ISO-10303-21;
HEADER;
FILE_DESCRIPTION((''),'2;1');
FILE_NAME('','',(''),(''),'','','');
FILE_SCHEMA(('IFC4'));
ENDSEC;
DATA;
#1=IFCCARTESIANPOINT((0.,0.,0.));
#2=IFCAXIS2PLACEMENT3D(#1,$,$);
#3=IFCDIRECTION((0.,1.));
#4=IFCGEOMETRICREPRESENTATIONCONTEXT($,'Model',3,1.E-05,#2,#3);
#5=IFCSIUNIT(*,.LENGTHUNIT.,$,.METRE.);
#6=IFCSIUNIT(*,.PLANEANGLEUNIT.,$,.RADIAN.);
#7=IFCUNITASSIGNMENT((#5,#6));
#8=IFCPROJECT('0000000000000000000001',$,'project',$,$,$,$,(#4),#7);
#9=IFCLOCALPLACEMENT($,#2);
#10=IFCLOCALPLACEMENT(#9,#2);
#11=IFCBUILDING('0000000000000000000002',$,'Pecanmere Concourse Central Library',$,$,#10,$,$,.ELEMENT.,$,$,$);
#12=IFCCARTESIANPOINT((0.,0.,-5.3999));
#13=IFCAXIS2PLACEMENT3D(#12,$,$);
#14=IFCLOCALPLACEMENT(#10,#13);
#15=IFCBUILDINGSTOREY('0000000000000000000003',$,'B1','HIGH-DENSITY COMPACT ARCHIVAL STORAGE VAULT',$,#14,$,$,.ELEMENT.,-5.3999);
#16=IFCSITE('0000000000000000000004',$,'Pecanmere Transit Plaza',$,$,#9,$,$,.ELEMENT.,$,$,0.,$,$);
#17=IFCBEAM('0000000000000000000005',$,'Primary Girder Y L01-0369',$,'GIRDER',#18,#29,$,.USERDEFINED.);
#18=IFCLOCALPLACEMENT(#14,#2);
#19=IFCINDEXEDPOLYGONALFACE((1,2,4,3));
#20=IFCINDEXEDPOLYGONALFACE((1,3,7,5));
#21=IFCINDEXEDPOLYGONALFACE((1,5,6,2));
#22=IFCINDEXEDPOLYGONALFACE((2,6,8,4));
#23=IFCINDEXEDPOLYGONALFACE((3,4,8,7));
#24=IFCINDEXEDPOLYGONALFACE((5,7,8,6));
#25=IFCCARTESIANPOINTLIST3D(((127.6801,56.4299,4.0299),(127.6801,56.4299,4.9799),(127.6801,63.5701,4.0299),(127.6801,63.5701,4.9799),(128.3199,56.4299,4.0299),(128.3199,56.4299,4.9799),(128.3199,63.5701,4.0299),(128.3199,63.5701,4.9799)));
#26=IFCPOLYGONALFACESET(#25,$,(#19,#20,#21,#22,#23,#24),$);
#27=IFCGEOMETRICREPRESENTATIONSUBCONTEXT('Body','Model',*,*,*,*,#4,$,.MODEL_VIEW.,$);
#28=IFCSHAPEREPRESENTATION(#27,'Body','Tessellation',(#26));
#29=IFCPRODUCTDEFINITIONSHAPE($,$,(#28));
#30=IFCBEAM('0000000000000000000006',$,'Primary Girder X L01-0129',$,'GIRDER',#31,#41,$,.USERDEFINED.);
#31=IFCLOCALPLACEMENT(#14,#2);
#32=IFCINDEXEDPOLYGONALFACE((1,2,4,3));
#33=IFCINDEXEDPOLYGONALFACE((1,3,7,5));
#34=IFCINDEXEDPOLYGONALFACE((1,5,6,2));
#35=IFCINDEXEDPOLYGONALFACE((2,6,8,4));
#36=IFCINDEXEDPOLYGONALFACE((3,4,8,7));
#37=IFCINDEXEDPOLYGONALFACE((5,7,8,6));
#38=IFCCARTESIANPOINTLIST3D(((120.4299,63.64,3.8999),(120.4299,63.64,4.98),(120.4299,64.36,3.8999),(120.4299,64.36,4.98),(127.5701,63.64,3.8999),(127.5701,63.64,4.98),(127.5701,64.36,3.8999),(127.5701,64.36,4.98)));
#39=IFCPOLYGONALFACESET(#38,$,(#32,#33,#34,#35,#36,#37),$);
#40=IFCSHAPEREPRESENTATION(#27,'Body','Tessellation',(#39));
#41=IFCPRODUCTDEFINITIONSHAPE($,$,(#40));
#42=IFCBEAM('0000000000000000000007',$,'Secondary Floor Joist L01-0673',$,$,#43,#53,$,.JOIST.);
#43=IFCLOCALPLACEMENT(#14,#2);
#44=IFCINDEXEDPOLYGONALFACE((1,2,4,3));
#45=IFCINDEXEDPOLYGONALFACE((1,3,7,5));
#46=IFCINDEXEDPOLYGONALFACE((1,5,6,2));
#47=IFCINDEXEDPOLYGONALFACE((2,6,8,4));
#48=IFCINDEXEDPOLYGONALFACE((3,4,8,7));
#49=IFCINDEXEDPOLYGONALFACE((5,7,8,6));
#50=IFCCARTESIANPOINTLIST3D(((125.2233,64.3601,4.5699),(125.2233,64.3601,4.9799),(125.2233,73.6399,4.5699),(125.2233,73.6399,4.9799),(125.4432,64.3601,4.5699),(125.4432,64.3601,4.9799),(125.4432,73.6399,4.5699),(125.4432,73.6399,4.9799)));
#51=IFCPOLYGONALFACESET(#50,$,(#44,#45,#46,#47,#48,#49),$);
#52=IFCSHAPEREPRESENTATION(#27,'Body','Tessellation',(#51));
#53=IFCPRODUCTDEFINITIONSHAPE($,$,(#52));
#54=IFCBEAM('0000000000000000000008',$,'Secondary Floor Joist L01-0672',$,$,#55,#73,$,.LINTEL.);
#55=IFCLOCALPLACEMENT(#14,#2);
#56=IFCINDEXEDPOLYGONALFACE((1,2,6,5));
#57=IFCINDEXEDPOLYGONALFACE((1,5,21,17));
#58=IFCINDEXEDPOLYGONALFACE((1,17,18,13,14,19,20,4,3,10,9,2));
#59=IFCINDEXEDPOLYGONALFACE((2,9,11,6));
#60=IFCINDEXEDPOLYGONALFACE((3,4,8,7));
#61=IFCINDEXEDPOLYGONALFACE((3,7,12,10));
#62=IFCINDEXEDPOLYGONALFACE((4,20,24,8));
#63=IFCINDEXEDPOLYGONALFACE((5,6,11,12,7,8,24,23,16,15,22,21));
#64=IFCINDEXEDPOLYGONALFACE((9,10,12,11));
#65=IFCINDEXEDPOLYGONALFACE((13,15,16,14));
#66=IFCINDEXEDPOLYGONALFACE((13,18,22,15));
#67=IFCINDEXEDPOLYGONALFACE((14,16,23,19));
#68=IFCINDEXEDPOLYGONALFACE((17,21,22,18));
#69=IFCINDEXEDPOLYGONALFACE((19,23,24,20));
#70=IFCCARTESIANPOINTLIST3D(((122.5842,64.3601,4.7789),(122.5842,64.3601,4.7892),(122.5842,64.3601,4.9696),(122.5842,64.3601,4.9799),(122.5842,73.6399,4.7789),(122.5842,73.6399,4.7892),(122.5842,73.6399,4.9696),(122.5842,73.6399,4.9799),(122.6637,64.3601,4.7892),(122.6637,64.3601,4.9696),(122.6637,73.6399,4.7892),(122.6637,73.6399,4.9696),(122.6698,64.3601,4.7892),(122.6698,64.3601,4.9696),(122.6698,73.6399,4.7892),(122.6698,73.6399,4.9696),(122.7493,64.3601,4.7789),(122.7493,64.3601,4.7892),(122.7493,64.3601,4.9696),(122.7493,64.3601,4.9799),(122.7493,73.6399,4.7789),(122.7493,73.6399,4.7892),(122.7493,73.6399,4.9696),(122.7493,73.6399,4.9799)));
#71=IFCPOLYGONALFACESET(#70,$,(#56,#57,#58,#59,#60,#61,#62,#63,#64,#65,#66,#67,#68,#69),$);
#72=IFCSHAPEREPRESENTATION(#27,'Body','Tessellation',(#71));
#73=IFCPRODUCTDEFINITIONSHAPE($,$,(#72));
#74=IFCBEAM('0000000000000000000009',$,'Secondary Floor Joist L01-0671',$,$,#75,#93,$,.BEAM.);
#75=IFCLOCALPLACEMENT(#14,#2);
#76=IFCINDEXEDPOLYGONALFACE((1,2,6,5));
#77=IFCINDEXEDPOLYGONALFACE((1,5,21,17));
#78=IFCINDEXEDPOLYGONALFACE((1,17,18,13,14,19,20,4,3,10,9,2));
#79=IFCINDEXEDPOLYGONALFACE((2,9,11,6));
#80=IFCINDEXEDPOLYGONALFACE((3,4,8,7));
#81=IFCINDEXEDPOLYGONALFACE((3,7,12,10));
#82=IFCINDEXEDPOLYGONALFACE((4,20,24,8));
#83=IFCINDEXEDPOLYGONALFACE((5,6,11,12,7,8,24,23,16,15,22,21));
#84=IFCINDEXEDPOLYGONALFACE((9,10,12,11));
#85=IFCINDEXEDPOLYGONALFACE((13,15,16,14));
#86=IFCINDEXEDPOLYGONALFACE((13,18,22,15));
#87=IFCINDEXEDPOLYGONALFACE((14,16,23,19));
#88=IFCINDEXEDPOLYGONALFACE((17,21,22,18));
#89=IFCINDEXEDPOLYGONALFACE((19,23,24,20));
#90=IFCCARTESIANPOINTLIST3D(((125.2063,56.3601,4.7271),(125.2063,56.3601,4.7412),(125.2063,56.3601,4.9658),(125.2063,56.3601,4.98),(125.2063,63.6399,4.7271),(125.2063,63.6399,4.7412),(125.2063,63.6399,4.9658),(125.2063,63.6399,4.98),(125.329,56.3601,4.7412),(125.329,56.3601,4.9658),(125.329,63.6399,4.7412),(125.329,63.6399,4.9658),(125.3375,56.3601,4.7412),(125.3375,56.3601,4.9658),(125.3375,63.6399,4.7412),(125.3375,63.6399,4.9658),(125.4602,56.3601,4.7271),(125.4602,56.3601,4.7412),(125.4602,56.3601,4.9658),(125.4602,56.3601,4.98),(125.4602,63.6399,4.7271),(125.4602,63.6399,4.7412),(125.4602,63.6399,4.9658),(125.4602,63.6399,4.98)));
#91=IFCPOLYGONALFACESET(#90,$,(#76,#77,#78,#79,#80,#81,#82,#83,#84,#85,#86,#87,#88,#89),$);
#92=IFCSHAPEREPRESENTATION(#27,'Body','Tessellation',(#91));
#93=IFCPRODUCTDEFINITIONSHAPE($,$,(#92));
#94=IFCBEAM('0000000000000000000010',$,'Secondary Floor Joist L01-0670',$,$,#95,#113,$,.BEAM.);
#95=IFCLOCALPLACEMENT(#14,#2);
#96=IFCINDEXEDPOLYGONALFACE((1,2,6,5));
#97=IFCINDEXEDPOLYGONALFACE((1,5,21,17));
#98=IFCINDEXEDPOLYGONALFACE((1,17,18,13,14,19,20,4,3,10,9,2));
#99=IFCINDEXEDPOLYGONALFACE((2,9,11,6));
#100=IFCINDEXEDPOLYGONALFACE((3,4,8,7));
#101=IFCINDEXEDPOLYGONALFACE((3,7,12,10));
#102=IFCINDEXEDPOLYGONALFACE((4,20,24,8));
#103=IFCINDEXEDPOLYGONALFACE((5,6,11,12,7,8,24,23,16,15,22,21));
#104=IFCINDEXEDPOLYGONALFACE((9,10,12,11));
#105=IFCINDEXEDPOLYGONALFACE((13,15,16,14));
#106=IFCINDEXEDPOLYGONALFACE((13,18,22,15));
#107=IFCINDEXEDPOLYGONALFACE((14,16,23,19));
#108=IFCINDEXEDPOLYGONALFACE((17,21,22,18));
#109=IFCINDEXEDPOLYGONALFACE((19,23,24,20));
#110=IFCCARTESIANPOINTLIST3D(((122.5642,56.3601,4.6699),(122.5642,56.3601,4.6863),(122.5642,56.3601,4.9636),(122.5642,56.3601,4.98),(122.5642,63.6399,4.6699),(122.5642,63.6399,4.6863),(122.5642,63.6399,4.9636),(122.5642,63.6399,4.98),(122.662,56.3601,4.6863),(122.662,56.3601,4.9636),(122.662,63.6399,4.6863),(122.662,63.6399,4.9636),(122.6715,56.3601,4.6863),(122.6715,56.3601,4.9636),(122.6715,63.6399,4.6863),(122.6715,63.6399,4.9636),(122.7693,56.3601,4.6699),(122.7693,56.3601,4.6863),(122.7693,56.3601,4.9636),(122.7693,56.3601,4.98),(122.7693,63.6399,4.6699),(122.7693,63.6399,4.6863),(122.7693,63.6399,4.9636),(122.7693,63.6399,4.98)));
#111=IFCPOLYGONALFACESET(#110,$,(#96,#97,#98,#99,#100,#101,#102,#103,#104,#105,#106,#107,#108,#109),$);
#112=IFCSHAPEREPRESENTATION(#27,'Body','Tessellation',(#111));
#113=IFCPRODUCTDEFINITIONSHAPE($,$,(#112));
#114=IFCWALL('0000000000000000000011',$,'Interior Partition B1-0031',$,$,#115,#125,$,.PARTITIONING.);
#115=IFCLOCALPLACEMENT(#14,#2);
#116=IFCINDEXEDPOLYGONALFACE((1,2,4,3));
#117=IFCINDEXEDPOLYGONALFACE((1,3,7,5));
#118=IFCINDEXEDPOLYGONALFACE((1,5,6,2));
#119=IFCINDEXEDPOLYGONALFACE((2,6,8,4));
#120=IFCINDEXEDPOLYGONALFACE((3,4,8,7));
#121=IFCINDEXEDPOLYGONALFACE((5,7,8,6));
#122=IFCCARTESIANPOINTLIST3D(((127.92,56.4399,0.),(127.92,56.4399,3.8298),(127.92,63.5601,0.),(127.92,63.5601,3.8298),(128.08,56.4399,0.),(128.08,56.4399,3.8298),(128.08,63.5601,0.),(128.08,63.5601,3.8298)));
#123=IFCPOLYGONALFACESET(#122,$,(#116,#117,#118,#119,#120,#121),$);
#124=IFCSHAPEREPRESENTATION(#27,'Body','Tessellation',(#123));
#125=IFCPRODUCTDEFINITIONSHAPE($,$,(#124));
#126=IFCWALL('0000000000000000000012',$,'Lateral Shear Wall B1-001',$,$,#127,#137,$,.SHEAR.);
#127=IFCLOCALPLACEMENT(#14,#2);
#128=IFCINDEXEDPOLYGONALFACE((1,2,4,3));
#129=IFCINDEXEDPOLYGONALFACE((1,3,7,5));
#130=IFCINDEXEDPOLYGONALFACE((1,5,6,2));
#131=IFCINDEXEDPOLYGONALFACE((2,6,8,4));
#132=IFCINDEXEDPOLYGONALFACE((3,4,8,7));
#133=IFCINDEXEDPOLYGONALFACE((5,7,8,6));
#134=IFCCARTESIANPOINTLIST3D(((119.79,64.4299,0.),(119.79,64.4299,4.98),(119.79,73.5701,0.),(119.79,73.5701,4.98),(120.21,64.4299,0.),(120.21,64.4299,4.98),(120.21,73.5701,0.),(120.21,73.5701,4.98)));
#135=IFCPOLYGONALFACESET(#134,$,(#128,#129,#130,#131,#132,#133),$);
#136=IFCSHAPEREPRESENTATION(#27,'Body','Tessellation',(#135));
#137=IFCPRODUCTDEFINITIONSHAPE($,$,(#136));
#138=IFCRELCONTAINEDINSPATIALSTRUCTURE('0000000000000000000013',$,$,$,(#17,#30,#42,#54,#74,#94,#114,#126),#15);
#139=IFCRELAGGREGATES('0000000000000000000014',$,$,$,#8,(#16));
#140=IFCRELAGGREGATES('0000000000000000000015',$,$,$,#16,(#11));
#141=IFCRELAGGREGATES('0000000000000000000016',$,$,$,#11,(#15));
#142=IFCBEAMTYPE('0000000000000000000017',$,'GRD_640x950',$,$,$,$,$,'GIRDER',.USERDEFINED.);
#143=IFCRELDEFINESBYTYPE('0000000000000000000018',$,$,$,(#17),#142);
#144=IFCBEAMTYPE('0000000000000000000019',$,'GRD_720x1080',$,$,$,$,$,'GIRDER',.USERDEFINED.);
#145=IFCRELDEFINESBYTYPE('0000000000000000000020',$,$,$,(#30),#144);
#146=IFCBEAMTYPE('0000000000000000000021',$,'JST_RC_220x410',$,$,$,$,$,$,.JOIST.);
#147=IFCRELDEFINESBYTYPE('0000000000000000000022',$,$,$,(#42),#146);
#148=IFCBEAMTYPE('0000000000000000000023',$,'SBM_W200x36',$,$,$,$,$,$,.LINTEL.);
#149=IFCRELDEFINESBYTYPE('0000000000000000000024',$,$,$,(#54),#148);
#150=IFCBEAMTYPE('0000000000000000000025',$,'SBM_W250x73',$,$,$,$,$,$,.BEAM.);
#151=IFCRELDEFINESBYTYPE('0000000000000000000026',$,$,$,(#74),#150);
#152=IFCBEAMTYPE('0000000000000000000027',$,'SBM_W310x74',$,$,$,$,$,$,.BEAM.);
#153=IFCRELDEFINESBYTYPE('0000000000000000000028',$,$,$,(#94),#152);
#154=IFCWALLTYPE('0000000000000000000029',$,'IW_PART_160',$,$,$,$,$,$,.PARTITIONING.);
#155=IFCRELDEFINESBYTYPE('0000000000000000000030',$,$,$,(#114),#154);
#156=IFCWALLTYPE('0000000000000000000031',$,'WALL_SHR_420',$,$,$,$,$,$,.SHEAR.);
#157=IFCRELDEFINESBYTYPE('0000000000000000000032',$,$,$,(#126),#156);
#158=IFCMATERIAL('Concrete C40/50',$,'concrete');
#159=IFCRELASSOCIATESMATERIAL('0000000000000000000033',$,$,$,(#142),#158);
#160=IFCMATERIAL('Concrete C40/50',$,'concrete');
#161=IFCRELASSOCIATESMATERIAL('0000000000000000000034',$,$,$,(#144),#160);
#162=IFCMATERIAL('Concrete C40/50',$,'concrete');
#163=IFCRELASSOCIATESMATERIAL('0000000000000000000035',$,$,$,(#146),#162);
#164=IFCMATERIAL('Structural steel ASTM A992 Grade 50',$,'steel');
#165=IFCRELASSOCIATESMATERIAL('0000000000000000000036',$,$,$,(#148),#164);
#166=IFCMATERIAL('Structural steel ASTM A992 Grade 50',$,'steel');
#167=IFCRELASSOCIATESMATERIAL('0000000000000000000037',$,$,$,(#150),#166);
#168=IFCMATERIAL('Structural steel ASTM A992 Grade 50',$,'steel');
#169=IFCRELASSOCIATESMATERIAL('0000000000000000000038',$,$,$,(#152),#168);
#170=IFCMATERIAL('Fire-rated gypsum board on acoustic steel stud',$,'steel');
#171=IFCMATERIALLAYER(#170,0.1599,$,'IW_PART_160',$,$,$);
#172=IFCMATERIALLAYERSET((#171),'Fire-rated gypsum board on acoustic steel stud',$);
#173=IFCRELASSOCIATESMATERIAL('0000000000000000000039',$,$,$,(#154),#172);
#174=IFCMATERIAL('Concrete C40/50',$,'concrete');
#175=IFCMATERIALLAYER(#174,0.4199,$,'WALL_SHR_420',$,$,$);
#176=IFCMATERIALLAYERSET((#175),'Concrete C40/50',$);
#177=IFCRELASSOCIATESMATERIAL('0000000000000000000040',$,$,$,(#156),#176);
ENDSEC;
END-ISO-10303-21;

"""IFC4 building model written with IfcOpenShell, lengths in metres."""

from ifc_helpers import new_model, si_unit, direction, frame, frame_2d, origin, origin_2d, place, context, subcontext, project, spatial, rectangle, i_section, extrude, material, layer, layer_set, material_profile, profile_set, type_object, element, save


model = new_model("IFC4")

# Units and contexts
model_context = context("Model", 3, precision=1e-05, world=origin(), true_north=direction((0.0, 1.0)))
body_context = subcontext(model_context, "Body", "Model", "MODEL_VIEW")
ifc_project = project(units=[si_unit("LENGTHUNIT", "METRE"), si_unit("PLANEANGLEUNIT", "RADIAN")], contexts=[model_context])

# Site, building, storey
site_placement = place(None, origin())
site = spatial("IfcSite", under=ifc_project, at=site_placement, Name="Pecanmere Transit Plaza", CompositionType="ELEMENT", RefElevation=0.0)
building_placement = place(site_placement, origin())
building = spatial("IfcBuilding", under=site, at=building_placement, Name="Pecanmere Concourse Central Library", CompositionType="ELEMENT")
storey_placement = place(building_placement, frame((0.0, 0.0, -5.3999)))
storey = spatial("IfcBuildingStorey", under=building, at=storey_placement, Name="B1", Description="HIGH-DENSITY COMPACT ARCHIVAL STORAGE VAULT", CompositionType="ELEMENT", Elevation=-5.3999)

# Beams
ifc_material_1 = material(Name="Concrete C40/50", Category="concrete")
ifc_material_profile_1 = material_profile(ifc_material_1, rectangle(XDim=0.6399, YDim=0.95, at=origin_2d()), Name="RC 640x950")
ifc_profile_set_1 = profile_set([ifc_material_profile_1], Name="Concrete C40/50")
beam_type_1 = type_object("IfcBeamType", Name="GRD_640x950", ElementType="GIRDER", PredefinedType="USERDEFINED", material=ifc_profile_set_1)
beam_1_placement = place(storey_placement, frame((128.0, 56.4299, 4.5049), z_axis=(0.0, 1.0, 0.0), x_axis=(-1.0, 0.0, 0.0)))
element("IfcBeam", 1, at=beam_1_placement, inside=storey, type_object=beam_type_1, Name="Primary Girder Y L01-0369", ObjectType="GIRDER", PredefinedType="USERDEFINED", context=body_context, shape_type="SweptSolid", body=[
    extrude(rectangle(XDim=0.6399, YDim=0.95, at=origin_2d()), origin(), (0.0, 0.0, 1.0), 7.1401),
])
ifc_material_2 = material(Name="Concrete C40/50", Category="concrete")
ifc_material_profile_2 = material_profile(ifc_material_2, rectangle(XDim=0.72, YDim=1.0801, at=origin_2d()), Name="RC 720x1080")
ifc_profile_set_2 = profile_set([ifc_material_profile_2], Name="Concrete C40/50")
beam_type_2 = type_object("IfcBeamType", Name="GRD_720x1080", ElementType="GIRDER", PredefinedType="USERDEFINED", material=ifc_profile_set_2)
beam_2_placement = place(storey_placement, frame((120.4299, 64.0, 4.4399), z_axis=(1.0, 0.0, 0.0), x_axis=(0.0, 1.0, 0.0)))
element("IfcBeam", 2, at=beam_2_placement, inside=storey, type_object=beam_type_2, Name="Primary Girder X L01-0129", ObjectType="GIRDER", PredefinedType="USERDEFINED", context=body_context, shape_type="SweptSolid", body=[
    extrude(rectangle(XDim=0.72, YDim=1.0801, at=origin_2d()), origin(), (0.0, 0.0, 1.0), 7.1401),
])
ifc_material_3 = material(Name="Concrete C40/50", Category="concrete")
ifc_material_profile_3 = material_profile(ifc_material_3, rectangle(XDim=0.22, YDim=0.4099, at=origin_2d()), Name="RC 220x410")
ifc_profile_set_3 = profile_set([ifc_material_profile_3], Name="Concrete C40/50")
beam_type_3 = type_object("IfcBeamType", Name="JST_RC_220x410", PredefinedType="JOIST", material=ifc_profile_set_3)
beam_3_placement = place(storey_placement, frame((125.3333, 64.3601, 4.7749), z_axis=(0.0, 1.0, 0.0), x_axis=(-1.0, 0.0, 0.0)))
element("IfcBeam", 3, at=beam_3_placement, inside=storey, type_object=beam_type_3, Name="Secondary Floor Joist L01-0673", PredefinedType="JOIST", context=body_context, shape_type="SweptSolid", body=[
    extrude(rectangle(XDim=0.22, YDim=0.4099, at=origin_2d()), origin(), (0.0, 0.0, 1.0), 9.2798),
])
ifc_material_4 = material(Name="Structural steel ASTM A992 Grade 50", Category="steel")
ifc_material_profile_4 = material_profile(ifc_material_4, i_section(OverallWidth=0.165, OverallDepth=0.2009, WebThickness=0.0061, FlangeThickness=0.0103, at=origin_2d()), Name="W200x35.9")
ifc_profile_set_4 = profile_set([ifc_material_profile_4], Name="Structural steel ASTM A992 Grade 50")
beam_type_4 = type_object("IfcBeamType", Name="SBM_W200x36", PredefinedType="LINTEL", material=ifc_profile_set_4)
beam_4_placement = place(storey_placement, frame((122.6667, 64.3601, 4.8794), z_axis=(0.0, 1.0, 0.0), x_axis=(-1.0, 0.0, 0.0)))
element("IfcBeam", 4, at=beam_4_placement, inside=storey, type_object=beam_type_4, Name="Secondary Floor Joist L01-0672", PredefinedType="LINTEL", context=body_context, shape_type="SweptSolid", body=[
    extrude(i_section(OverallWidth=0.165, OverallDepth=0.2009, WebThickness=0.0061, FlangeThickness=0.0103, at=origin_2d()), origin(), (0.0, 0.0, 1.0), 9.2798),
])
ifc_material_5 = material(Name="Structural steel ASTM A992 Grade 50", Category="steel")
ifc_material_profile_5 = material_profile(ifc_material_5, i_section(OverallWidth=0.2539, OverallDepth=0.2529, WebThickness=0.0085, FlangeThickness=0.0142, at=origin_2d()), Name="W250x73")
ifc_profile_set_5 = profile_set([ifc_material_profile_5], Name="Structural steel ASTM A992 Grade 50")
beam_type_5 = type_object("IfcBeamType", Name="SBM_W250x73", PredefinedType="BEAM", material=ifc_profile_set_5)
beam_5_placement = place(storey_placement, frame((125.3333, 56.3601, 4.8535), z_axis=(0.0, 1.0, 0.0), x_axis=(-1.0, 0.0, 0.0)))
element("IfcBeam", 5, at=beam_5_placement, inside=storey, type_object=beam_type_5, Name="Secondary Floor Joist L01-0671", PredefinedType="BEAM", context=body_context, shape_type="SweptSolid", body=[
    extrude(i_section(OverallWidth=0.2539, OverallDepth=0.2529, WebThickness=0.0085, FlangeThickness=0.0142, at=origin_2d()), origin(), (0.0, 0.0, 1.0), 7.2798),
])
ifc_material_6 = material(Name="Structural steel ASTM A992 Grade 50", Category="steel")
ifc_material_profile_6 = material_profile(ifc_material_6, i_section(OverallWidth=0.2051, OverallDepth=0.3101, WebThickness=0.0095, FlangeThickness=0.0164, at=origin_2d()), Name="W310x74")
ifc_profile_set_6 = profile_set([ifc_material_profile_6], Name="Structural steel ASTM A992 Grade 50")
beam_type_6 = type_object("IfcBeamType", Name="SBM_W310x74", PredefinedType="BEAM", material=ifc_profile_set_6)
beam_6_placement = place(storey_placement, frame((122.6667, 56.3601, 4.825), z_axis=(0.0, 1.0, 0.0), x_axis=(-1.0, 0.0, 0.0)))
element("IfcBeam", 6, at=beam_6_placement, inside=storey, type_object=beam_type_6, Name="Secondary Floor Joist L01-0670", PredefinedType="BEAM", context=body_context, shape_type="SweptSolid", body=[
    extrude(i_section(OverallWidth=0.2051, OverallDepth=0.3101, WebThickness=0.0095, FlangeThickness=0.0164, at=origin_2d()), origin(), (0.0, 0.0, 1.0), 7.2798),
])

# Walls
ifc_material_7 = material(Name="Fire-rated gypsum board on acoustic steel stud", Category="steel")
ifc_layer_1 = layer(ifc_material_7, 0.1599, Name="IW_PART_160")
ifc_layer_set_1 = layer_set([ifc_layer_1], Name="Fire-rated gypsum board on acoustic steel stud")
wall_type_1 = type_object("IfcWallType", Name="IW_PART_160", PredefinedType="PARTITIONING", material=ifc_layer_set_1)
wall_1_placement = place(storey_placement, frame((128.0, 56.4399, 0.0), z_axis=(0.0, 0.0, 1.0), x_axis=(0.0, 1.0, 0.0)))
element("IfcWall", 7, at=wall_1_placement, inside=storey, type_object=wall_type_1, Name="Interior Partition B1-0031", PredefinedType="PARTITIONING", context=body_context, shape_type="SweptSolid", body=[
    extrude(rectangle(XDim=7.1201, YDim=0.1599, at=frame_2d((3.5601, 0.0))), origin(), (0.0, 0.0, 1.0), 3.8298),
])
ifc_material_8 = material(Name="Concrete C40/50", Category="concrete")
ifc_layer_2 = layer(ifc_material_8, 0.4199, Name="WALL_SHR_420")
ifc_layer_set_2 = layer_set([ifc_layer_2], Name="Concrete C40/50")
wall_type_2 = type_object("IfcWallType", Name="WALL_SHR_420", PredefinedType="SHEAR", material=ifc_layer_set_2)
wall_2_placement = place(storey_placement, frame((120.0, 64.4299, 0.0), z_axis=(0.0, 0.0, 1.0), x_axis=(0.0, 1.0, 0.0)))
element("IfcWall", 8, at=wall_2_placement, inside=storey, type_object=wall_type_2, Name="Lateral Shear Wall B1-001", PredefinedType="SHEAR", context=body_context, shape_type="SweptSolid", body=[
    extrude(rectangle(XDim=9.1401, YDim=0.4199, at=frame_2d((4.5701, 0.0))), origin(), (0.0, 0.0, 1.0), 4.98),
])

save(model, "model.ifc")
